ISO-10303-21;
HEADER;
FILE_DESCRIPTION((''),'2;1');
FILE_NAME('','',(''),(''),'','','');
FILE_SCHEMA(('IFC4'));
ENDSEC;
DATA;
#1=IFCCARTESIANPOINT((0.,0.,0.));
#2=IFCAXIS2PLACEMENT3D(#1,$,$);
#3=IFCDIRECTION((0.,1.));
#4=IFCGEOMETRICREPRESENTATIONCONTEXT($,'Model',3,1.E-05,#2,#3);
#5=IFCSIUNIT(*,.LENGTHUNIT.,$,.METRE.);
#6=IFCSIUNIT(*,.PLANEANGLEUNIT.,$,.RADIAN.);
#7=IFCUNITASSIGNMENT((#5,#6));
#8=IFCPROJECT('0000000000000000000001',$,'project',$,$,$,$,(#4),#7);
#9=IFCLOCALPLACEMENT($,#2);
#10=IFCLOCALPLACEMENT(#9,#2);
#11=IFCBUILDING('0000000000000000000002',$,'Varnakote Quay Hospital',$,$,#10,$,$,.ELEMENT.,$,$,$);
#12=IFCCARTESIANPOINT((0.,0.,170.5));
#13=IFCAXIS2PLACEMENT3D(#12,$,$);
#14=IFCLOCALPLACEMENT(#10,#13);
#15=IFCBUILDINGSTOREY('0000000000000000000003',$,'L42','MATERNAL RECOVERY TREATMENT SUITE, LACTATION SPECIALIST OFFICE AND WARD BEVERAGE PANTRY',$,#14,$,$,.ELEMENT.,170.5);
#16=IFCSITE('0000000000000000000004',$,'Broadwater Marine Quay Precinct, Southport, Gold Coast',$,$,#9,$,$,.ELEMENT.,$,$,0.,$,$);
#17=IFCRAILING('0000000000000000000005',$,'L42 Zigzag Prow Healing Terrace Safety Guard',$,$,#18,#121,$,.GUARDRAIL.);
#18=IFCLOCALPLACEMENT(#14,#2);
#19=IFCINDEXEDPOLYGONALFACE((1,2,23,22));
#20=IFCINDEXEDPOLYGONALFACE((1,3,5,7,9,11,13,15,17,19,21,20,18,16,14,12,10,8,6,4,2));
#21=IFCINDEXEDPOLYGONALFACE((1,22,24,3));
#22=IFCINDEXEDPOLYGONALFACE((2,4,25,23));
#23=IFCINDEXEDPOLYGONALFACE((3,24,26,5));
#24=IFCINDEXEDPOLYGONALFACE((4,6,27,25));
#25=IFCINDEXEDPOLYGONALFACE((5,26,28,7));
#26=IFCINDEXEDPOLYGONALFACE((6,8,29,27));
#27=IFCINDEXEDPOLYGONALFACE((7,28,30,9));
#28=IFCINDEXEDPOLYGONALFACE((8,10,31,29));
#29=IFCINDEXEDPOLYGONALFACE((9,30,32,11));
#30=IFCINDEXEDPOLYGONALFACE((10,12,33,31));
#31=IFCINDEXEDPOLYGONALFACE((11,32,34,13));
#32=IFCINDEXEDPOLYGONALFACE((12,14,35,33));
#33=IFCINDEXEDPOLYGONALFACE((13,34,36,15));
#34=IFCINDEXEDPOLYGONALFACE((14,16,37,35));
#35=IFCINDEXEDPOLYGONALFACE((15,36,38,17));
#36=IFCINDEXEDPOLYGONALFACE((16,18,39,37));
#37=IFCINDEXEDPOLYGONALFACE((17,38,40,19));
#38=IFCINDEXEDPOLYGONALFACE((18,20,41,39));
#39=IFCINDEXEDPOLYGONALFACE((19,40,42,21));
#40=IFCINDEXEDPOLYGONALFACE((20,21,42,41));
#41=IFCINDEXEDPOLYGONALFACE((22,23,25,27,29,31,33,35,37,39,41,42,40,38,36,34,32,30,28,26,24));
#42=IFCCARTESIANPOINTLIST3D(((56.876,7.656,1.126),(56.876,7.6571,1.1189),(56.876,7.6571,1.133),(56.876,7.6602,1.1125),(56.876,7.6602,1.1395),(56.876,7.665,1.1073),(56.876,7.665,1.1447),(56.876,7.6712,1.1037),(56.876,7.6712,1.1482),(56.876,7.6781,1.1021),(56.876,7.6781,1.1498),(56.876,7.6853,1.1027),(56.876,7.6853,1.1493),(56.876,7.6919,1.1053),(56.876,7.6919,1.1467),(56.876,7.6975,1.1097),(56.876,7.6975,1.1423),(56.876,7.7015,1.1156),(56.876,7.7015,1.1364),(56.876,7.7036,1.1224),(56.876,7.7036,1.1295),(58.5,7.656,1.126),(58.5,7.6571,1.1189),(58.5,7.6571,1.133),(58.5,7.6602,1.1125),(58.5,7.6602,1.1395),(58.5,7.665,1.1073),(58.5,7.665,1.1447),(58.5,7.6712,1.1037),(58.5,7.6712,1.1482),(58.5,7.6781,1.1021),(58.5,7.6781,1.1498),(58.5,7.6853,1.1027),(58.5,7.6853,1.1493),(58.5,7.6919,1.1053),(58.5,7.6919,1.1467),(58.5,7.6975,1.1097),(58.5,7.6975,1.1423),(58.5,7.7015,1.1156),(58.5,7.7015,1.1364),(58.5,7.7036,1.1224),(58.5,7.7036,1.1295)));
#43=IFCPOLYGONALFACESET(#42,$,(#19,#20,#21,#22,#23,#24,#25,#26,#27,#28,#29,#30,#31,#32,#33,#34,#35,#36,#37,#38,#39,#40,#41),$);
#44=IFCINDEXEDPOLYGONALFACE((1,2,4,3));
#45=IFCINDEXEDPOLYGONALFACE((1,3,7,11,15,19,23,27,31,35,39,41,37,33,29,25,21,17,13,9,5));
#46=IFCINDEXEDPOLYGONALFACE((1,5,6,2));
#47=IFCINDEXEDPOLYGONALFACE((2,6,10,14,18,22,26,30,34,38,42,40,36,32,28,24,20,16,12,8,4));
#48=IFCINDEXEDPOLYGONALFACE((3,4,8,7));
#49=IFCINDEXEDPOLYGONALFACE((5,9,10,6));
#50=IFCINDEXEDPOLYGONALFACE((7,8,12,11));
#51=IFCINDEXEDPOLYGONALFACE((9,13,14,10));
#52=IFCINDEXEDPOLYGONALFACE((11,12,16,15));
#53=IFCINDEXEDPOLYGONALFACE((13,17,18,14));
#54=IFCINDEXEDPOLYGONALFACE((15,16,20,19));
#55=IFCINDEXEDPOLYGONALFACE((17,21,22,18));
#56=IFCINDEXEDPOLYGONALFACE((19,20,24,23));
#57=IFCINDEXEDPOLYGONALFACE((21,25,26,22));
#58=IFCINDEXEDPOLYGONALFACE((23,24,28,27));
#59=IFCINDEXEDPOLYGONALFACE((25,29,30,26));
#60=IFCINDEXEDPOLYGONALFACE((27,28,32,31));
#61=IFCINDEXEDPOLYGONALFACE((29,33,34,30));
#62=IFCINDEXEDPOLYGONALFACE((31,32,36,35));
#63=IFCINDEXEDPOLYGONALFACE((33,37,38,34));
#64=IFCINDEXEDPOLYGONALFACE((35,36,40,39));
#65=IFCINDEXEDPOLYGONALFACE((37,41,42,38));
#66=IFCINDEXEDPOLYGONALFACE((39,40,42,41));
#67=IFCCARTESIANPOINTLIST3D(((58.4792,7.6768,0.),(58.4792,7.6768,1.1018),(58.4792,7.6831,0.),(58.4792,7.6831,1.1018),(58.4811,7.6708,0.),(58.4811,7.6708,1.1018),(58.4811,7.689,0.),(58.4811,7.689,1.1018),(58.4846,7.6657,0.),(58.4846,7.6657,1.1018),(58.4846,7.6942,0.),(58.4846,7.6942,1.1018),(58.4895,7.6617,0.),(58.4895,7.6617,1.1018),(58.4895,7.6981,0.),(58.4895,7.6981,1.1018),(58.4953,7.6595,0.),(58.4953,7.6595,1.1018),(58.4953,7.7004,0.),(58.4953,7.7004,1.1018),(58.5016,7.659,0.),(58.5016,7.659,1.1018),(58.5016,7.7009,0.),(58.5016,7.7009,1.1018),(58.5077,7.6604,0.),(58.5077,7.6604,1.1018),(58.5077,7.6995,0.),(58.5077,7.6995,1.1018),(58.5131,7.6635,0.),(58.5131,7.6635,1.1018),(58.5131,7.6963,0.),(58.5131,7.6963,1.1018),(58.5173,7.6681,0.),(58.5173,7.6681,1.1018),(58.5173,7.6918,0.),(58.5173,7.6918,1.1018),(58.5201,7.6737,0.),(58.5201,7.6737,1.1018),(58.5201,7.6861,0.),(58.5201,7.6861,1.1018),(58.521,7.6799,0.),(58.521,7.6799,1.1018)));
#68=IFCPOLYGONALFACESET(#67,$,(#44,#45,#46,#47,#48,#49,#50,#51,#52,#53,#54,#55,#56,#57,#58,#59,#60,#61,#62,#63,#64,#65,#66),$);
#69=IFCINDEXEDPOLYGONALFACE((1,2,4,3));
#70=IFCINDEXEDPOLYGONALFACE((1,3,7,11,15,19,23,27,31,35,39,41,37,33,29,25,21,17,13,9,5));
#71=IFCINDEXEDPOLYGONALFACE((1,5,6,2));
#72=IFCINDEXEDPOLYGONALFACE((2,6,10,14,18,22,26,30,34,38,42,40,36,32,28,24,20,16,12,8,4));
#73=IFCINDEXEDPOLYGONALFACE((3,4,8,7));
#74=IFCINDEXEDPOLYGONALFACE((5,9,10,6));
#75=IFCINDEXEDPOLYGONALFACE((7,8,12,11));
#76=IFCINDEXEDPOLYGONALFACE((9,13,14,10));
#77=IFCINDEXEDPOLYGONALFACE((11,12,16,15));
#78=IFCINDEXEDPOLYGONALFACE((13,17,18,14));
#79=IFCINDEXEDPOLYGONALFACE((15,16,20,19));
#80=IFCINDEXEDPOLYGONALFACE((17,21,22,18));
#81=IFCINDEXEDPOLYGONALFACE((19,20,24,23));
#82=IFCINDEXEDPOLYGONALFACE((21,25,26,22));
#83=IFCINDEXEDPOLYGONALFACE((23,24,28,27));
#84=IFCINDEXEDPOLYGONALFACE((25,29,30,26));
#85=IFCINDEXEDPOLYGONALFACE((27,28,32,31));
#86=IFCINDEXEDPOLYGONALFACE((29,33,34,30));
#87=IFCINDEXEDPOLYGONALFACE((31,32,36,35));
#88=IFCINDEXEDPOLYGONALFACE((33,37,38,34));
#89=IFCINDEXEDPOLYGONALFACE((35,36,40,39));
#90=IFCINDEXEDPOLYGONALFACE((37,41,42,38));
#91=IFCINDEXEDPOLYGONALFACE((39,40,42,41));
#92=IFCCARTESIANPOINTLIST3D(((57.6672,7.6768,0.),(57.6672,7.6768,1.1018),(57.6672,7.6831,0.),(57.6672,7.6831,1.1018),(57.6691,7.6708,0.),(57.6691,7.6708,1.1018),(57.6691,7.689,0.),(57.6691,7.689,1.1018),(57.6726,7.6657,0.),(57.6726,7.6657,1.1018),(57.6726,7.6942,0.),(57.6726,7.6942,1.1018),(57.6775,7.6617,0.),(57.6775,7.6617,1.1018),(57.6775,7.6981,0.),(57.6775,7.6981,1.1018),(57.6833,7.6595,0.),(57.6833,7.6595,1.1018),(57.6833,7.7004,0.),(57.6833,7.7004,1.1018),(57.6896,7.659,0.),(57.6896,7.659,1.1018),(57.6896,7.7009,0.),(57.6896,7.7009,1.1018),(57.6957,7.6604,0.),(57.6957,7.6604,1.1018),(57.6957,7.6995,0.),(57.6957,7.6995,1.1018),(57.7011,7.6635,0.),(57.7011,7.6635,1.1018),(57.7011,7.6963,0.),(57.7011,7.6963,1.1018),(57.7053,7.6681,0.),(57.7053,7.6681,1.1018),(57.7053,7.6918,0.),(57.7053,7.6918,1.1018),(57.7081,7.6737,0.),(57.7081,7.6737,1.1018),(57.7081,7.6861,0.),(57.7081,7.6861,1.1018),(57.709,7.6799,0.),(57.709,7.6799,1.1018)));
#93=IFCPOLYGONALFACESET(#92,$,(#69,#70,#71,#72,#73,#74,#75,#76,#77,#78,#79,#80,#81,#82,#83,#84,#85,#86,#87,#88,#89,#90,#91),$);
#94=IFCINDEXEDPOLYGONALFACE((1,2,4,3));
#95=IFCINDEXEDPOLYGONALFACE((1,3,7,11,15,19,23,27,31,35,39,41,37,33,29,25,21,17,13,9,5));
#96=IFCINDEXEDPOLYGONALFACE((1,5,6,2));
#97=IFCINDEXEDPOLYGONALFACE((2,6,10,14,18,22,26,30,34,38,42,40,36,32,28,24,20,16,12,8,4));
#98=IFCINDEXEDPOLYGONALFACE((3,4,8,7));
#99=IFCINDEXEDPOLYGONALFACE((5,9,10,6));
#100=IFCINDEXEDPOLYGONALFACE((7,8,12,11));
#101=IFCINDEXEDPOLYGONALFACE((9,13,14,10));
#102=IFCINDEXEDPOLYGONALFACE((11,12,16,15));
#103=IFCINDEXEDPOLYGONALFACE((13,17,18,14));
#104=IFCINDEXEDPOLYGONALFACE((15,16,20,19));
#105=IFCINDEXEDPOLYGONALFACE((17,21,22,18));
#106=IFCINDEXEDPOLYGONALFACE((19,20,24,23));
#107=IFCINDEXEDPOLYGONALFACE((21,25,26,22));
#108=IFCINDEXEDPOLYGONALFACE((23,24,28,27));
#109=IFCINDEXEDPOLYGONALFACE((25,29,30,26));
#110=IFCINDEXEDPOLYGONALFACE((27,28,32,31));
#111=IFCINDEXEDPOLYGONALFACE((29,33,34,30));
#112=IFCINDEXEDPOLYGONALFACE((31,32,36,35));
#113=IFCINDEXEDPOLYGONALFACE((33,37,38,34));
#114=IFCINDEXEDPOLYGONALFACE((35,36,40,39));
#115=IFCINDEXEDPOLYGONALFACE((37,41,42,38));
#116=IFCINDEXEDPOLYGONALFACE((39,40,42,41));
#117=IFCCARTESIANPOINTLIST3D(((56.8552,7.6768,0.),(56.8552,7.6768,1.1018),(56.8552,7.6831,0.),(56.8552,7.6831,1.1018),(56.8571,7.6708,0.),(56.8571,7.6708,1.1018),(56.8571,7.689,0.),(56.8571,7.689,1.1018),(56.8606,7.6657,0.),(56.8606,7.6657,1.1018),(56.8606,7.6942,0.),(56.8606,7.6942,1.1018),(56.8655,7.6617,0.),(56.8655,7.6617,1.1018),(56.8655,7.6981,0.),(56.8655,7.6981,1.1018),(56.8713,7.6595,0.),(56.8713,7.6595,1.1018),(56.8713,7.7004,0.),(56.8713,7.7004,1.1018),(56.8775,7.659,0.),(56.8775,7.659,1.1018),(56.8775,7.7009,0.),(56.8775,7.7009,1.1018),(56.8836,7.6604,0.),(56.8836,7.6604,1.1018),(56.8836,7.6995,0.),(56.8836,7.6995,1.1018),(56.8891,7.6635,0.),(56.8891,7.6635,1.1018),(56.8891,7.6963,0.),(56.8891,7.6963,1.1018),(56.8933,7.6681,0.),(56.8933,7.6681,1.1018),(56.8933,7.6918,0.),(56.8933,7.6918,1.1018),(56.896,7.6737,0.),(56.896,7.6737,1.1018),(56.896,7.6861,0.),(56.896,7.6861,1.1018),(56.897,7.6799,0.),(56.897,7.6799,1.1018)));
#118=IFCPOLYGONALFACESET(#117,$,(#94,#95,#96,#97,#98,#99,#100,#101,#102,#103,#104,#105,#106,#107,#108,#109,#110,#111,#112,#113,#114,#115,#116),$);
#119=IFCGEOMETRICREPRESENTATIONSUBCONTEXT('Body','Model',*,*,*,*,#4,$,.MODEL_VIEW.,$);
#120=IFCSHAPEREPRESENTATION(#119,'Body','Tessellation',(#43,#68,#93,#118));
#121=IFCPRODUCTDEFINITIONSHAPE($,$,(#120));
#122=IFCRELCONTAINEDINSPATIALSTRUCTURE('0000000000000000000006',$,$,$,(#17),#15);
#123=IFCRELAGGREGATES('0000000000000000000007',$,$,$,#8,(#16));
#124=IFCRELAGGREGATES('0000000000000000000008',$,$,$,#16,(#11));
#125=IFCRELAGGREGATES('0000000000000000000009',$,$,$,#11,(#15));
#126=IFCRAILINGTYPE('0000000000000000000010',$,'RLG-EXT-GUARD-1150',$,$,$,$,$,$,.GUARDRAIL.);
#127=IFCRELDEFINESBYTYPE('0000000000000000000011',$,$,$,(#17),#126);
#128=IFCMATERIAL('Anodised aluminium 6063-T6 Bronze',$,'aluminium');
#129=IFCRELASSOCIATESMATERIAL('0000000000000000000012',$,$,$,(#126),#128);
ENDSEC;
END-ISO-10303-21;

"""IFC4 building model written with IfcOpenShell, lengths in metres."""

from ifc_helpers import new_model, si_unit, direction, frame, origin, origin_2d, place, context, subcontext, project, spatial, circle, extrude, material, type_object, element, save


model = new_model("IFC4")

# Units and contexts
model_context = context("Model", 3, precision=1e-05, world=origin(), true_north=direction((0.0, 1.0)))
body_context = subcontext(model_context, "Body", "Model", "MODEL_VIEW")
ifc_project = project(units=[si_unit("LENGTHUNIT", "METRE"), si_unit("PLANEANGLEUNIT", "RADIAN")], contexts=[model_context])

# Site, building, storey
site_placement = place(None, origin())
site = spatial("IfcSite", under=ifc_project, at=site_placement, Name="Broadwater Marine Quay Precinct, Southport, Gold Coast", CompositionType="ELEMENT", RefElevation=0.0)
building_placement = place(site_placement, origin())
building = spatial("IfcBuilding", under=site, at=building_placement, Name="Varnakote Quay Hospital", CompositionType="ELEMENT")
storey_placement = place(building_placement, frame((0.0, 0.0, 170.5)))
storey = spatial("IfcBuildingStorey", under=building, at=storey_placement, Name="L42", Description="MATERNAL RECOVERY TREATMENT SUITE, LACTATION SPECIALIST OFFICE AND WARD BEVERAGE PANTRY", CompositionType="ELEMENT", Elevation=170.5)

# Railing
ifc_material_1 = material(Name="Anodised aluminium 6063-T6 Bronze", Category="aluminium")
railing_type_1 = type_object("IfcRailingType", Name="RLG-EXT-GUARD-1150", PredefinedType="GUARDRAIL", material=ifc_material_1)
railing_1_placement = place(storey_placement, frame((58.5, 7.6799, 0.0)))
element("IfcRailing", 1, at=railing_1_placement, inside=storey, type_object=railing_type_1, Name="L42 Zigzag Prow Healing Terrace Safety Guard", PredefinedType="GUARDRAIL", context=body_context, shape_type="SweptSolid", body=[
    extrude(circle(Radius=0.0239, at=origin_2d()), frame((0.0, 0.0, 1.126), z_axis=(-1.0, 0.0, 0.0), x_axis=(0.0, -1.0, 0.0)), (0.0, 0.0, 1.0), 1.624),
    extrude(circle(Radius=0.021, at=origin_2d()), origin(), (0.0, 0.0, 1.0), 1.1018),
    extrude(circle(Radius=0.021, at=origin_2d()), frame((-0.812, 0.0, 0.0)), (0.0, 0.0, 1.0), 1.1018),
    extrude(circle(Radius=0.021, at=origin_2d()), frame((-1.624, 0.0, 0.0)), (0.0, 0.0, 1.0), 1.1018),
])

save(model, "model.ifc")
